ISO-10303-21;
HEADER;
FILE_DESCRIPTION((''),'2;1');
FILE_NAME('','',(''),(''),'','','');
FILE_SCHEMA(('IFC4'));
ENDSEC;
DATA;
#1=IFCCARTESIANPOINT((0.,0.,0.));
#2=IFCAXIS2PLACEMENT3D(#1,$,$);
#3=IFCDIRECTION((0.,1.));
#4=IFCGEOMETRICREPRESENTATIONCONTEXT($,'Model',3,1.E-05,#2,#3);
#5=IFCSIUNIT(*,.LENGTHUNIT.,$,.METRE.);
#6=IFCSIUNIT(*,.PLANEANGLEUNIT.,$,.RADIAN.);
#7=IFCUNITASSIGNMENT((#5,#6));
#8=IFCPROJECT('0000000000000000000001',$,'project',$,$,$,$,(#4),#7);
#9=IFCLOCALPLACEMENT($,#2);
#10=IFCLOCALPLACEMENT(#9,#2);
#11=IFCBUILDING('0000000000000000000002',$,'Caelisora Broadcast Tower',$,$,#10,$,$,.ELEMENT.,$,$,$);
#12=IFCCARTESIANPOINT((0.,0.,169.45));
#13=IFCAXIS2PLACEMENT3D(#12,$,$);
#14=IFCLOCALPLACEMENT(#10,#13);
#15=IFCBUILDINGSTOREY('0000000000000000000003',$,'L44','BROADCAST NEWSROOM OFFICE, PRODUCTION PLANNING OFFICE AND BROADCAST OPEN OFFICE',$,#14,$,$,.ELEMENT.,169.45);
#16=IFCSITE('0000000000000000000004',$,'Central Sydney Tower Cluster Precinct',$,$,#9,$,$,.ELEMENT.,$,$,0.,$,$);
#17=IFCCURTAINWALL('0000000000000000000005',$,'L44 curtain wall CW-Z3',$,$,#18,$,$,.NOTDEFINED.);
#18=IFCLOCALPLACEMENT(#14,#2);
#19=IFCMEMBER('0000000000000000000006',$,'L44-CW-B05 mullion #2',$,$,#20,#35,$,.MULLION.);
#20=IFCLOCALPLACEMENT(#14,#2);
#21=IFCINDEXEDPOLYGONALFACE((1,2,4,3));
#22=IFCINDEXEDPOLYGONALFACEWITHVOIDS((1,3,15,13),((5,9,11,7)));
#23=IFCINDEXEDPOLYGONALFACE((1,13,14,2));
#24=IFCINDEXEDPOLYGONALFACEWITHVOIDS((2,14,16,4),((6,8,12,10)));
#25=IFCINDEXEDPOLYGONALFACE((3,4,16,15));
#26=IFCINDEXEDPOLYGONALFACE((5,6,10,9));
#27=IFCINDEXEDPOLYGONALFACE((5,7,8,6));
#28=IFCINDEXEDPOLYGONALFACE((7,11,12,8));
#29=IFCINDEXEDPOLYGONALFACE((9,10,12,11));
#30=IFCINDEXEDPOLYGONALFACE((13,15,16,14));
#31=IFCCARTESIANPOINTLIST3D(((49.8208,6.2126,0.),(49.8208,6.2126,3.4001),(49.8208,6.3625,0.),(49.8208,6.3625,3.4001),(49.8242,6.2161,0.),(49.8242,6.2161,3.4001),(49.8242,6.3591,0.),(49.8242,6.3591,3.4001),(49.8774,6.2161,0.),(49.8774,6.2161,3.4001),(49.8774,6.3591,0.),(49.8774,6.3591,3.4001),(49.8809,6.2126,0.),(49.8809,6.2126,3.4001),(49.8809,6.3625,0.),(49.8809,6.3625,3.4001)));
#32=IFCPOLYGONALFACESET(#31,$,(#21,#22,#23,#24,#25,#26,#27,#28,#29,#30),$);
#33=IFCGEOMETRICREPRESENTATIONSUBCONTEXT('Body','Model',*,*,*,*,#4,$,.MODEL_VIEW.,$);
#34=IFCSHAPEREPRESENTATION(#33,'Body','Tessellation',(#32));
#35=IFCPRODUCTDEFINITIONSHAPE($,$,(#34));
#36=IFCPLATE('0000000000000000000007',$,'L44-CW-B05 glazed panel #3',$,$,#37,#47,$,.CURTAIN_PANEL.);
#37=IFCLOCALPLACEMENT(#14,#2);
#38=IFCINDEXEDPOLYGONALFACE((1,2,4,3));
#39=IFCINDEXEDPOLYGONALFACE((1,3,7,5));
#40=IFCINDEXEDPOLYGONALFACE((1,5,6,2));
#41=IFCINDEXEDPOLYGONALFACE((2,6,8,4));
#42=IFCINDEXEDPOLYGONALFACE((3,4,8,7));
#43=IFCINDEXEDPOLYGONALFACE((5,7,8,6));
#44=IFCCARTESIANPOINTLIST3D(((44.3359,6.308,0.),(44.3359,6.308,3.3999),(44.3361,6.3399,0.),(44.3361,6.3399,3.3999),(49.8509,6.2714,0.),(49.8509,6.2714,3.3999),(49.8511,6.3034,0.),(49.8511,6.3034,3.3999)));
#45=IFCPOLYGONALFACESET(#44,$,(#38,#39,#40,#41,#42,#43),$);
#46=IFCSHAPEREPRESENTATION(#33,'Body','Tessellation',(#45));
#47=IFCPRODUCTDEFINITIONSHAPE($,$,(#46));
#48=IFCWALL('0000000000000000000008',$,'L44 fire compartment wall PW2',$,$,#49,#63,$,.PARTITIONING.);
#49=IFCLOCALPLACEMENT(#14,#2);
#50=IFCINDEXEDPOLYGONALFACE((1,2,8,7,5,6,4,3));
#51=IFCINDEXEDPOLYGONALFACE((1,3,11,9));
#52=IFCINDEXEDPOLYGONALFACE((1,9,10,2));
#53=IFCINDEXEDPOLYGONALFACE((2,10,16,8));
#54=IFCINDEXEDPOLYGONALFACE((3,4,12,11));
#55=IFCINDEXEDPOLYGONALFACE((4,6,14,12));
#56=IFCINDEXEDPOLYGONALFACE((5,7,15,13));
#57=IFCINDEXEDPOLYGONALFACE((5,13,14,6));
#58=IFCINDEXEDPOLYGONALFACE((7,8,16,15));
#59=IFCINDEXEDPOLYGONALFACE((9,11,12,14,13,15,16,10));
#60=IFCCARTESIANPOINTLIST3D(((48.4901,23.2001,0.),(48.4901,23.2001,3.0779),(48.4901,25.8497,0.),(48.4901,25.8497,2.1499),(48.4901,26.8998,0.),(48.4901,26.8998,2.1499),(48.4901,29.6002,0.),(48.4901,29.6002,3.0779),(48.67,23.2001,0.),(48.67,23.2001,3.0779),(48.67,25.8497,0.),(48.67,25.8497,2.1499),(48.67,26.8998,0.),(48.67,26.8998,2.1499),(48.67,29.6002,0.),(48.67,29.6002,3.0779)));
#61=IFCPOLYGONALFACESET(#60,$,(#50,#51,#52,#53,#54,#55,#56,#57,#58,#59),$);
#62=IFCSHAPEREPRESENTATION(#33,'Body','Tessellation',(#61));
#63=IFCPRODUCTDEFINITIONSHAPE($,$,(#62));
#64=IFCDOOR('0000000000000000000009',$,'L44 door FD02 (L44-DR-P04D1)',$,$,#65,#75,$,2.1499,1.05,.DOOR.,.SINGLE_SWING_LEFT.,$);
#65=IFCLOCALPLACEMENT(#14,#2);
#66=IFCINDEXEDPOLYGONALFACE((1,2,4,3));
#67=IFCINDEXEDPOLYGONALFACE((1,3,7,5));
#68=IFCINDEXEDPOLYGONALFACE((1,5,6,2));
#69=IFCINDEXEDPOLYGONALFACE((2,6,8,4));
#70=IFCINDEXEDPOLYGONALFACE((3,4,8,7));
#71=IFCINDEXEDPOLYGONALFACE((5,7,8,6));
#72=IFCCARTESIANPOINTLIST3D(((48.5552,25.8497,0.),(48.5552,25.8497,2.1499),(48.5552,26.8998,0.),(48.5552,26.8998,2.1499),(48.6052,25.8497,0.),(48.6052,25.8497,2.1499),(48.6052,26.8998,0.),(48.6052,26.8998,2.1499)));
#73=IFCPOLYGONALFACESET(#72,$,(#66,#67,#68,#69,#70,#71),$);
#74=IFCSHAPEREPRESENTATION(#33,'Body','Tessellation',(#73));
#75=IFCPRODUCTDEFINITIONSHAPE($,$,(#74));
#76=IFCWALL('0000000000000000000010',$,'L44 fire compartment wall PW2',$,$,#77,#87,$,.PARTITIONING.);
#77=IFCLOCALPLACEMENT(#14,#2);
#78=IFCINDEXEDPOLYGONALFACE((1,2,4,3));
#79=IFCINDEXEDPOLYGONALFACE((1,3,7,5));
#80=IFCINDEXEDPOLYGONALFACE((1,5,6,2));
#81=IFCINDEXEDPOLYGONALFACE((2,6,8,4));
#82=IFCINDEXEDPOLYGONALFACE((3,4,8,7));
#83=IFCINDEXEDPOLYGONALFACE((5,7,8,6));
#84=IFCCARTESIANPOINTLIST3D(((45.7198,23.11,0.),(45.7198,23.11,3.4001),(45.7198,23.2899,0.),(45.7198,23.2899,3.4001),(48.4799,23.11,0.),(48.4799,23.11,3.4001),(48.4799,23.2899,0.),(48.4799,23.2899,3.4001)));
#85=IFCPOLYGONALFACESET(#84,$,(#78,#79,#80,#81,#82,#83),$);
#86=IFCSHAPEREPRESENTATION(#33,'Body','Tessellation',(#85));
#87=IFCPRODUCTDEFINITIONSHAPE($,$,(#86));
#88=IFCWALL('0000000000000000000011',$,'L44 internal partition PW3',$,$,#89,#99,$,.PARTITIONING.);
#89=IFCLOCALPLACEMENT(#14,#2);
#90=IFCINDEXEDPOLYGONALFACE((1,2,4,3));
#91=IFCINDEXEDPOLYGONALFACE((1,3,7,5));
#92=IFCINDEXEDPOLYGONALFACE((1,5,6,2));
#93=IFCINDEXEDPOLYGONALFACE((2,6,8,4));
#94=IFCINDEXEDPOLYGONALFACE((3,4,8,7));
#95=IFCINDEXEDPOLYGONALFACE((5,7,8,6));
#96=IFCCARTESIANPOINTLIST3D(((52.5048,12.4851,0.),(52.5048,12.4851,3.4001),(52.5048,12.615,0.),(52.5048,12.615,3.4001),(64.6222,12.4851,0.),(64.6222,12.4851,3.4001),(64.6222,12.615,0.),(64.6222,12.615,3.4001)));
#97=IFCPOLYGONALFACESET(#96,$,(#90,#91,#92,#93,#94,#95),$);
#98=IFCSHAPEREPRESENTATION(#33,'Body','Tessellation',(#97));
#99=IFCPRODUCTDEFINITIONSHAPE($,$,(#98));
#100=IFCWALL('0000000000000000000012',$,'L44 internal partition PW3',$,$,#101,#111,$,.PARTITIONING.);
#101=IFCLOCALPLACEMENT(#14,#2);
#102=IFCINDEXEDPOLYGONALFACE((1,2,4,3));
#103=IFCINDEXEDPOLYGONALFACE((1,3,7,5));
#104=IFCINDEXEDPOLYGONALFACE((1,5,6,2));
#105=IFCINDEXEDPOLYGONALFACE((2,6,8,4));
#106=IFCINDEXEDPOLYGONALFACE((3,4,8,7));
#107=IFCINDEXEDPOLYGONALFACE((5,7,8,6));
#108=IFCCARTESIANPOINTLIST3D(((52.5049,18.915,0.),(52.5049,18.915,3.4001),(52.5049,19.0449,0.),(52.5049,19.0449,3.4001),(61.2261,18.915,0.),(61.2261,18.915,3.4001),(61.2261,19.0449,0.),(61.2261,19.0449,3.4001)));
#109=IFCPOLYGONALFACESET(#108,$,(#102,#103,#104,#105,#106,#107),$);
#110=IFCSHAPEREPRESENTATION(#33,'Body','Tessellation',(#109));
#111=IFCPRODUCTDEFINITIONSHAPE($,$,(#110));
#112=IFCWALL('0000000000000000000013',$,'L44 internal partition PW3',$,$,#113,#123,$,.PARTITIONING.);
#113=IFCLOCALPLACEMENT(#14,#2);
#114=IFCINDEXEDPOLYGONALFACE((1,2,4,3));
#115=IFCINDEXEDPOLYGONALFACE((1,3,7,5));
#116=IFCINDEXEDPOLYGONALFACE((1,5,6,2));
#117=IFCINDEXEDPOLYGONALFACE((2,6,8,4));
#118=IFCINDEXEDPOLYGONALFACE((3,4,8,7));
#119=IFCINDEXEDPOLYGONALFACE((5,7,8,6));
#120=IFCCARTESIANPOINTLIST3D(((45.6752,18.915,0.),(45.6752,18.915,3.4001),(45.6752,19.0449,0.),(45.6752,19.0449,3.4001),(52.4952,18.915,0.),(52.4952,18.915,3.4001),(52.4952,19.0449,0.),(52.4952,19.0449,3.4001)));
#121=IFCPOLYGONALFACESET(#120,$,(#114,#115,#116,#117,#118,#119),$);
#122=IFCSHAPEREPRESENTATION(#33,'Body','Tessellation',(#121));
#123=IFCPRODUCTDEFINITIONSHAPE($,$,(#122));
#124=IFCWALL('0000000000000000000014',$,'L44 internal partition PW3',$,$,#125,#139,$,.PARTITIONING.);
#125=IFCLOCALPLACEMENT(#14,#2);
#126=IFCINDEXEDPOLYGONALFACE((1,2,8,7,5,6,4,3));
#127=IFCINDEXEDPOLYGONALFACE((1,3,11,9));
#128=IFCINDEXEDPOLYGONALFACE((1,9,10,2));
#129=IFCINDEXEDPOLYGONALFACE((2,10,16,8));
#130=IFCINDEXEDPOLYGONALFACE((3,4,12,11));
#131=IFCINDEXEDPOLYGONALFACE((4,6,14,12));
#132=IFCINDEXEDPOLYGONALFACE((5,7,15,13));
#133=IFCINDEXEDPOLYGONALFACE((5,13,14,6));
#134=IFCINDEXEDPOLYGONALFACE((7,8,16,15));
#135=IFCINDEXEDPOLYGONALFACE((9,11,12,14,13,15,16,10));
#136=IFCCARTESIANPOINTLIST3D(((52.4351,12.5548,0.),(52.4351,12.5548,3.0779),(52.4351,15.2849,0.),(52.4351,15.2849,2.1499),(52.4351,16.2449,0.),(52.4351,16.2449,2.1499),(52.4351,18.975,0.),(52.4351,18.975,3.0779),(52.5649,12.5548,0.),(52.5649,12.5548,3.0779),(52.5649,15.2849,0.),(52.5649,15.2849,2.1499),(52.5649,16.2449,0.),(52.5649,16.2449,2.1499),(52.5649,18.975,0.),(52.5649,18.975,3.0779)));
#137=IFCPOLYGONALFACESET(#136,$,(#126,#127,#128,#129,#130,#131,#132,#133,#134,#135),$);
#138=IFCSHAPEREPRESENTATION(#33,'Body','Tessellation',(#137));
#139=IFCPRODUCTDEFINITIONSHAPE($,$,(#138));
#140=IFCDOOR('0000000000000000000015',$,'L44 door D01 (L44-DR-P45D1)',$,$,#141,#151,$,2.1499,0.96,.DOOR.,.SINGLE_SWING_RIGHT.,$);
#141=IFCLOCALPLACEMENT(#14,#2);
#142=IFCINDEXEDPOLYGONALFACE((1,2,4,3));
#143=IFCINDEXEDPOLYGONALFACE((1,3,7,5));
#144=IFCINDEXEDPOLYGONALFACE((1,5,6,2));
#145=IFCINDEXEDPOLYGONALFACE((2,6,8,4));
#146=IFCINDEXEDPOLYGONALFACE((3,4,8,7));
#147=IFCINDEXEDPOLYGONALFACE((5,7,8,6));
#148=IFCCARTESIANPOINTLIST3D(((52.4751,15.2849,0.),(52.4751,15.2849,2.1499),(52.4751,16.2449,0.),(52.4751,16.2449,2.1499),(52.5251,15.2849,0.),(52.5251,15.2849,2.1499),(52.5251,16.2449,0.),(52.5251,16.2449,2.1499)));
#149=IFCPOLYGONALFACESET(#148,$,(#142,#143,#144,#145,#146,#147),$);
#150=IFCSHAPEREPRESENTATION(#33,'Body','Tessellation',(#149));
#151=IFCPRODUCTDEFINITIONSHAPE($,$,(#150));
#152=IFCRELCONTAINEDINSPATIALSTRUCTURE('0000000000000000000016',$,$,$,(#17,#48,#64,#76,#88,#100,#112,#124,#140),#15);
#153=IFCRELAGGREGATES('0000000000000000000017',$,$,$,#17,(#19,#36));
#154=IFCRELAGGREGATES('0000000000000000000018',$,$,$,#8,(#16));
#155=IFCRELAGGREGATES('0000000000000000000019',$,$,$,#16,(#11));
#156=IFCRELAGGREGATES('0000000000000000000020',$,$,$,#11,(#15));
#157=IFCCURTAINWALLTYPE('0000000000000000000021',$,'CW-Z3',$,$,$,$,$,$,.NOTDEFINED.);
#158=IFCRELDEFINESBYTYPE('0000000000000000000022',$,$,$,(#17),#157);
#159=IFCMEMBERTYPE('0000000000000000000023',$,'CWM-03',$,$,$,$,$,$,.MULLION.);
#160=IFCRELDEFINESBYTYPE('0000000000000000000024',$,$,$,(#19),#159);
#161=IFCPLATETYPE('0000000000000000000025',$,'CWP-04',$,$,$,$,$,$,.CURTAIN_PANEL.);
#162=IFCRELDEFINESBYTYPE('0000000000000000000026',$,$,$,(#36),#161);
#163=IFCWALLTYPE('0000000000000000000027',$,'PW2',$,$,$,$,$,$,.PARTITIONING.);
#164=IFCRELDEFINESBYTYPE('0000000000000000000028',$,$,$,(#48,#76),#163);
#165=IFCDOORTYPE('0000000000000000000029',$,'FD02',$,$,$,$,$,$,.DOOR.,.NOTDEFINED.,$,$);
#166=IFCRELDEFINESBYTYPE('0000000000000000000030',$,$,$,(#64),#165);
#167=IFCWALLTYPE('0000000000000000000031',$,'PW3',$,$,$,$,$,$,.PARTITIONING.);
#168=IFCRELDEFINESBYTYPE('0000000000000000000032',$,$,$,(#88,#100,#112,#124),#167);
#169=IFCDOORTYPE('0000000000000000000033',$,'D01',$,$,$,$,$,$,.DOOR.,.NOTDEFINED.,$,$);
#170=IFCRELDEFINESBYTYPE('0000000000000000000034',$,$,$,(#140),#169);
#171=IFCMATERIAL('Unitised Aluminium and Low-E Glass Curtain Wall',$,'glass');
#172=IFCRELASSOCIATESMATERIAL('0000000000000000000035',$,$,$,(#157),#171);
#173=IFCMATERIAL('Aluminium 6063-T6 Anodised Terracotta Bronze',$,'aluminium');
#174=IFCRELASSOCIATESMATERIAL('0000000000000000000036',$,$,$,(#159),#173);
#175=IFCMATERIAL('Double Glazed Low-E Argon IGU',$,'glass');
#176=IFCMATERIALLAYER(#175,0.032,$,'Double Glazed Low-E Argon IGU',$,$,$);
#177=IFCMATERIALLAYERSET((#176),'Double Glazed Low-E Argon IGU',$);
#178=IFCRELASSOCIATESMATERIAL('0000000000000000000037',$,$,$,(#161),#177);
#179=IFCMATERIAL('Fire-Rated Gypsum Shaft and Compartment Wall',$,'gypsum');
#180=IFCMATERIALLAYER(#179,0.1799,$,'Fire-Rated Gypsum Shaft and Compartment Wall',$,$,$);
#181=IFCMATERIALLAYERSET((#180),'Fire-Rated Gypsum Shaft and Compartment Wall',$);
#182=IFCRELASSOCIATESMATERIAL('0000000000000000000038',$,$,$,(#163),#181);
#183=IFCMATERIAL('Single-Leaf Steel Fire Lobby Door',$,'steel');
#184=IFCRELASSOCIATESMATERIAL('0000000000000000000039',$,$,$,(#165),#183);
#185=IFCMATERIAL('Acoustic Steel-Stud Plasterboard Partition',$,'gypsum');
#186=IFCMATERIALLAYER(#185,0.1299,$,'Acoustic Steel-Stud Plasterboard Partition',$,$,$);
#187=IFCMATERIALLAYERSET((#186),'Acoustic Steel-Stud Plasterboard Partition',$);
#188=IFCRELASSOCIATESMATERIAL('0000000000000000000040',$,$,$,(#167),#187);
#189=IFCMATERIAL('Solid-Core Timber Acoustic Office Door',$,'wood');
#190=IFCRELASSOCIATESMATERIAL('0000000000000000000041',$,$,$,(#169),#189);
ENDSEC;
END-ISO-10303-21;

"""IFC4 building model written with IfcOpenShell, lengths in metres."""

from ifc_helpers import new_model, si_unit, direction, frame, frame_2d, origin, origin_2d, place, context, subcontext, project, spatial, rectangle, hollow_rectangle, extrude, source, transform, mapped, material, layer, layer_set, material_profile, profile_set, type_object, type_shapes, element, fill, aggregate, save


model = new_model("IFC4")

# Units and contexts
model_context = context("Model", 3, precision=1e-05, world=origin(), true_north=direction((0.0, 1.0)))
body_context = subcontext(model_context, "Body", "Model", "MODEL_VIEW")
ifc_project = project(units=[si_unit("LENGTHUNIT", "METRE"), si_unit("PLANEANGLEUNIT", "RADIAN")], contexts=[model_context])

# Site, building, storey
site_placement = place(None, origin())
site = spatial("IfcSite", under=ifc_project, at=site_placement, Name="Central Sydney Tower Cluster Precinct", CompositionType="ELEMENT", RefElevation=0.0)
building_placement = place(site_placement, origin())
building = spatial("IfcBuilding", under=site, at=building_placement, Name="Caelisora Broadcast Tower", CompositionType="ELEMENT")
storey_placement = place(building_placement, frame((0.0, 0.0, 169.45)))
storey = spatial("IfcBuildingStorey", under=building, at=storey_placement, Name="L44", Description="BROADCAST NEWSROOM OFFICE, PRODUCTION PLANNING OFFICE AND BROADCAST OPEN OFFICE", CompositionType="ELEMENT", Elevation=169.45)

# Curtain wall, member, plate
ifc_material_1 = material(Name="Unitised Aluminium and Low-E Glass Curtain Wall", Category="glass")
curtain_wall_type = type_object("IfcCurtainWallType", Name="CW-Z3", PredefinedType="NOTDEFINED", material=ifc_material_1)
curtain_wall_placement = place(storey_placement, origin())
curtain_wall = element("IfcCurtainWall", 1, at=curtain_wall_placement, inside=storey, type_object=curtain_wall_type, Name="L44 curtain wall CW-Z3", PredefinedType="NOTDEFINED")
ifc_material_2 = material(Name="Aluminium 6063-T6 Anodised Terracotta Bronze", Category="aluminium")
ifc_material_profile_1 = material_profile(ifc_material_2, hollow_rectangle(XDim=0.0601, YDim=0.1499, WallThickness=0.0034, at=origin_2d()), Name="Aluminium 6063-T6 Anodised Terracotta Bronze")
ifc_profile_set_1 = profile_set([ifc_material_profile_1], Name="Aluminium 6063-T6 Anodised Terracotta Bronze")
member_type = type_object("IfcMemberType", Name="CWM-03", PredefinedType="MULLION", material=ifc_profile_set_1)
shared_shape_1 = source(origin(), body_context, "Body", "SweptSolid", [
    extrude(hollow_rectangle(XDim=0.0601, YDim=0.1499, WallThickness=0.0034, at=origin_2d()), origin(), (0.0, 0.0, 1.0), 3.4001),
])
type_shapes(member_type, [shared_shape_1])
member_placement = place(storey_placement, frame((49.8508, 6.2876, 0.0), z_axis=(0.0, 0.0, 1.0), x_axis=(1.0, 0.0, 0.0)))
member = element("IfcMember", 2, at=member_placement, type_object=member_type, Name="L44-CW-B05 mullion #2", PredefinedType="MULLION", context=body_context, shape_type="MappedRepresentation", body=[
    mapped(shared_shape_1, transform((0.0, 0.0, 0.0), scale=1.0)),
])
ifc_material_3 = material(Name="Double Glazed Low-E Argon IGU", Category="glass")
ifc_layer_1 = layer(ifc_material_3, 0.032, Name="Double Glazed Low-E Argon IGU")
ifc_layer_set_1 = layer_set([ifc_layer_1], Name="Double Glazed Low-E Argon IGU")
plate_type = type_object("IfcPlateType", Name="CWP-04", PredefinedType="CURTAIN_PANEL", material=ifc_layer_set_1)
shared_shape_2 = source(origin(), body_context, "Body", "SweptSolid", [
    extrude(rectangle(XDim=5.5151, YDim=0.032, at=origin_2d()), origin(), (0.0, 0.0, 1.0), 3.3999),
])
type_shapes(plate_type, [shared_shape_2])
plate_placement = place(storey_placement, frame((47.0935, 6.3057, 0.0), z_axis=(0.0, 0.0, 1.0), x_axis=(-0.999978, 0.006632, 0.0)))
plate = element("IfcPlate", 3, at=plate_placement, type_object=plate_type, Name="L44-CW-B05 glazed panel #3", PredefinedType="CURTAIN_PANEL", context=body_context, shape_type="MappedRepresentation", body=[
    mapped(shared_shape_2, transform((0.0, 0.0, 0.0), scale=1.0)),
])
aggregate(curtain_wall, [member, plate])

# Wall, opening, door
ifc_material_4 = material(Name="Fire-Rated Gypsum Shaft and Compartment Wall", Category="gypsum")
ifc_layer_2 = layer(ifc_material_4, 0.1799, Name="Fire-Rated Gypsum Shaft and Compartment Wall")
ifc_layer_set_2 = layer_set([ifc_layer_2], Name="Fire-Rated Gypsum Shaft and Compartment Wall")
wall_type_1 = type_object("IfcWallType", Name="PW2", PredefinedType="PARTITIONING", material=ifc_layer_set_2)
wall_1_placement = place(storey_placement, frame((48.5801, 23.2, 0.0), z_axis=(0.0, 0.0, 1.0), x_axis=(0.0, 1.0, 0.0)))
wall_1 = element("IfcWall", 4, at=wall_1_placement, inside=storey, type_object=wall_type_1, Name="L44 fire compartment wall PW2", PredefinedType="PARTITIONING", context=body_context, shape_type="SweptSolid", body=[
    extrude(rectangle(XDim=6.4001, YDim=0.1799, at=frame_2d((3.2002, 0.0))), origin(), (0.0, 0.0, 1.0), 3.0779),
])
opening_1_placement = place(wall_1_placement, frame((2.6499, 0.0, 0.0)))
opening_1 = element("IfcOpeningElement", 5, at=opening_1_placement, cuts=wall_1, PredefinedType="OPENING", context=body_context, shape_type="SweptSolid", body=[
    extrude(rectangle(XDim=1.05, YDim=2.1499, at=frame_2d((0.5249, 1.075))), frame((0.0, 0.1021, 0.0), z_axis=(0.0, -1.0, 0.0), x_axis=(1.0, 0.0, 0.0)), (0.0, 0.0, 1.0), 0.2039),
])
ifc_material_5 = material(Name="Single-Leaf Steel Fire Lobby Door", Category="steel")
door_type_1 = type_object("IfcDoorType", Name="FD02", OperationType="NOTDEFINED", PredefinedType="DOOR", material=ifc_material_5)
door_1_placement = place(opening_1_placement, origin())
door_1 = element("IfcDoor", 6, at=door_1_placement, inside=storey, type_object=door_type_1, Name="L44 door FD02 (L44-DR-P04D1)", OperationType="SINGLE_SWING_LEFT", OverallHeight=2.1499, OverallWidth=1.05, PredefinedType="DOOR", context=body_context, shape_type="SweptSolid", body=[
    extrude(rectangle(XDim=1.05, YDim=2.1499, at=frame_2d((0.5249, 1.075))), frame((0.0, 0.0249, 0.0), z_axis=(0.0, -1.0, 0.0), x_axis=(1.0, 0.0, 0.0)), (0.0, 0.0, 1.0), 0.05),
])
fill(opening_1, door_1)

# Walls
wall_2_placement = place(storey_placement, frame((45.72, 23.2, 0.0), z_axis=(0.0, 0.0, 1.0), x_axis=(1.0, 0.0, 0.0)))
element("IfcWall", 7, at=wall_2_placement, inside=storey, type_object=wall_type_1, Name="L44 fire compartment wall PW2", PredefinedType="PARTITIONING", context=body_context, shape_type="SweptSolid", body=[
    extrude(rectangle(XDim=2.76, YDim=0.1799, at=frame_2d((1.3799, 0.0))), origin(), (0.0, 0.0, 1.0), 3.4001),
])
ifc_material_6 = material(Name="Acoustic Steel-Stud Plasterboard Partition", Category="gypsum")
ifc_layer_3 = layer(ifc_material_6, 0.1299, Name="Acoustic Steel-Stud Plasterboard Partition")
ifc_layer_set_3 = layer_set([ifc_layer_3], Name="Acoustic Steel-Stud Plasterboard Partition")
wall_type_2 = type_object("IfcWallType", Name="PW3", PredefinedType="PARTITIONING", material=ifc_layer_set_3)
wall_3_placement = place(storey_placement, frame((52.5049, 12.55, 0.0), z_axis=(0.0, 0.0, 1.0), x_axis=(1.0, 0.0, 0.0)))
element("IfcWall", 8, at=wall_3_placement, inside=storey, type_object=wall_type_2, Name="L44 internal partition PW3", PredefinedType="PARTITIONING", context=body_context, shape_type="SweptSolid", body=[
    extrude(rectangle(XDim=12.1174, YDim=0.1299, at=frame_2d((6.0586, 0.0))), origin(), (0.0, 0.0, 1.0), 3.4001),
])
wall_4_placement = place(storey_placement, frame((52.5049, 18.98, 0.0), z_axis=(0.0, 0.0, 1.0), x_axis=(1.0, 0.0, 0.0)))
element("IfcWall", 9, at=wall_4_placement, inside=storey, type_object=wall_type_2, Name="L44 internal partition PW3", PredefinedType="PARTITIONING", context=body_context, shape_type="SweptSolid", body=[
    extrude(rectangle(XDim=8.7212, YDim=0.1299, at=frame_2d((4.3606, 0.0))), origin(), (0.0, 0.0, 1.0), 3.4001),
])
wall_5_placement = place(storey_placement, frame((45.675, 18.98, 0.0), z_axis=(0.0, 0.0, 1.0), x_axis=(1.0, 0.0, 0.0)))
element("IfcWall", 10, at=wall_5_placement, inside=storey, type_object=wall_type_2, Name="L44 internal partition PW3", PredefinedType="PARTITIONING", context=body_context, shape_type="SweptSolid", body=[
    extrude(rectangle(XDim=6.8201, YDim=0.1299, at=frame_2d((3.4102, 0.0))), origin(), (0.0, 0.0, 1.0), 3.4001),
])

# Wall, opening, door
wall_6_placement = place(storey_placement, frame((52.5, 12.5549, 0.0), z_axis=(0.0, 0.0, 1.0), x_axis=(0.0, 1.0, 0.0)))
wall_6 = element("IfcWall", 11, at=wall_6_placement, inside=storey, type_object=wall_type_2, Name="L44 internal partition PW3", PredefinedType="PARTITIONING", context=body_context, shape_type="SweptSolid", body=[
    extrude(rectangle(XDim=6.4202, YDim=0.1299, at=frame_2d((3.21, 0.0))), origin(), (0.0, 0.0, 1.0), 3.0779),
])
opening_2_placement = place(wall_6_placement, frame((2.73, 0.0, 0.0)))
opening_2 = element("IfcOpeningElement", 12, at=opening_2_placement, cuts=wall_6, PredefinedType="OPENING", context=body_context, shape_type="SweptSolid", body=[
    extrude(rectangle(XDim=0.96, YDim=2.1499, at=frame_2d((0.48, 1.075))), frame((0.0, 0.0769, 0.0), z_axis=(0.0, -1.0, 0.0), x_axis=(1.0, 0.0, 0.0)), (0.0, 0.0, 1.0), 0.1538),
])
ifc_material_7 = material(Name="Solid-Core Timber Acoustic Office Door", Category="wood")
door_type_2 = type_object("IfcDoorType", Name="D01", OperationType="NOTDEFINED", PredefinedType="DOOR", material=ifc_material_7)
door_2_placement = place(opening_2_placement, origin())
door_2 = element("IfcDoor", 13, at=door_2_placement, inside=storey, type_object=door_type_2, Name="L44 door D01 (L44-DR-P45D1)", OperationType="SINGLE_SWING_RIGHT", OverallHeight=2.1499, OverallWidth=0.96, PredefinedType="DOOR", context=body_context, shape_type="SweptSolid", body=[
    extrude(rectangle(XDim=0.96, YDim=2.1499, at=frame_2d((0.48, 1.075))), frame((0.0, 0.0249, 0.0), z_axis=(0.0, -1.0, 0.0), x_axis=(1.0, 0.0, 0.0)), (0.0, 0.0, 1.0), 0.05),
])
fill(opening_2, door_2)

save(model, "model.ifc")
